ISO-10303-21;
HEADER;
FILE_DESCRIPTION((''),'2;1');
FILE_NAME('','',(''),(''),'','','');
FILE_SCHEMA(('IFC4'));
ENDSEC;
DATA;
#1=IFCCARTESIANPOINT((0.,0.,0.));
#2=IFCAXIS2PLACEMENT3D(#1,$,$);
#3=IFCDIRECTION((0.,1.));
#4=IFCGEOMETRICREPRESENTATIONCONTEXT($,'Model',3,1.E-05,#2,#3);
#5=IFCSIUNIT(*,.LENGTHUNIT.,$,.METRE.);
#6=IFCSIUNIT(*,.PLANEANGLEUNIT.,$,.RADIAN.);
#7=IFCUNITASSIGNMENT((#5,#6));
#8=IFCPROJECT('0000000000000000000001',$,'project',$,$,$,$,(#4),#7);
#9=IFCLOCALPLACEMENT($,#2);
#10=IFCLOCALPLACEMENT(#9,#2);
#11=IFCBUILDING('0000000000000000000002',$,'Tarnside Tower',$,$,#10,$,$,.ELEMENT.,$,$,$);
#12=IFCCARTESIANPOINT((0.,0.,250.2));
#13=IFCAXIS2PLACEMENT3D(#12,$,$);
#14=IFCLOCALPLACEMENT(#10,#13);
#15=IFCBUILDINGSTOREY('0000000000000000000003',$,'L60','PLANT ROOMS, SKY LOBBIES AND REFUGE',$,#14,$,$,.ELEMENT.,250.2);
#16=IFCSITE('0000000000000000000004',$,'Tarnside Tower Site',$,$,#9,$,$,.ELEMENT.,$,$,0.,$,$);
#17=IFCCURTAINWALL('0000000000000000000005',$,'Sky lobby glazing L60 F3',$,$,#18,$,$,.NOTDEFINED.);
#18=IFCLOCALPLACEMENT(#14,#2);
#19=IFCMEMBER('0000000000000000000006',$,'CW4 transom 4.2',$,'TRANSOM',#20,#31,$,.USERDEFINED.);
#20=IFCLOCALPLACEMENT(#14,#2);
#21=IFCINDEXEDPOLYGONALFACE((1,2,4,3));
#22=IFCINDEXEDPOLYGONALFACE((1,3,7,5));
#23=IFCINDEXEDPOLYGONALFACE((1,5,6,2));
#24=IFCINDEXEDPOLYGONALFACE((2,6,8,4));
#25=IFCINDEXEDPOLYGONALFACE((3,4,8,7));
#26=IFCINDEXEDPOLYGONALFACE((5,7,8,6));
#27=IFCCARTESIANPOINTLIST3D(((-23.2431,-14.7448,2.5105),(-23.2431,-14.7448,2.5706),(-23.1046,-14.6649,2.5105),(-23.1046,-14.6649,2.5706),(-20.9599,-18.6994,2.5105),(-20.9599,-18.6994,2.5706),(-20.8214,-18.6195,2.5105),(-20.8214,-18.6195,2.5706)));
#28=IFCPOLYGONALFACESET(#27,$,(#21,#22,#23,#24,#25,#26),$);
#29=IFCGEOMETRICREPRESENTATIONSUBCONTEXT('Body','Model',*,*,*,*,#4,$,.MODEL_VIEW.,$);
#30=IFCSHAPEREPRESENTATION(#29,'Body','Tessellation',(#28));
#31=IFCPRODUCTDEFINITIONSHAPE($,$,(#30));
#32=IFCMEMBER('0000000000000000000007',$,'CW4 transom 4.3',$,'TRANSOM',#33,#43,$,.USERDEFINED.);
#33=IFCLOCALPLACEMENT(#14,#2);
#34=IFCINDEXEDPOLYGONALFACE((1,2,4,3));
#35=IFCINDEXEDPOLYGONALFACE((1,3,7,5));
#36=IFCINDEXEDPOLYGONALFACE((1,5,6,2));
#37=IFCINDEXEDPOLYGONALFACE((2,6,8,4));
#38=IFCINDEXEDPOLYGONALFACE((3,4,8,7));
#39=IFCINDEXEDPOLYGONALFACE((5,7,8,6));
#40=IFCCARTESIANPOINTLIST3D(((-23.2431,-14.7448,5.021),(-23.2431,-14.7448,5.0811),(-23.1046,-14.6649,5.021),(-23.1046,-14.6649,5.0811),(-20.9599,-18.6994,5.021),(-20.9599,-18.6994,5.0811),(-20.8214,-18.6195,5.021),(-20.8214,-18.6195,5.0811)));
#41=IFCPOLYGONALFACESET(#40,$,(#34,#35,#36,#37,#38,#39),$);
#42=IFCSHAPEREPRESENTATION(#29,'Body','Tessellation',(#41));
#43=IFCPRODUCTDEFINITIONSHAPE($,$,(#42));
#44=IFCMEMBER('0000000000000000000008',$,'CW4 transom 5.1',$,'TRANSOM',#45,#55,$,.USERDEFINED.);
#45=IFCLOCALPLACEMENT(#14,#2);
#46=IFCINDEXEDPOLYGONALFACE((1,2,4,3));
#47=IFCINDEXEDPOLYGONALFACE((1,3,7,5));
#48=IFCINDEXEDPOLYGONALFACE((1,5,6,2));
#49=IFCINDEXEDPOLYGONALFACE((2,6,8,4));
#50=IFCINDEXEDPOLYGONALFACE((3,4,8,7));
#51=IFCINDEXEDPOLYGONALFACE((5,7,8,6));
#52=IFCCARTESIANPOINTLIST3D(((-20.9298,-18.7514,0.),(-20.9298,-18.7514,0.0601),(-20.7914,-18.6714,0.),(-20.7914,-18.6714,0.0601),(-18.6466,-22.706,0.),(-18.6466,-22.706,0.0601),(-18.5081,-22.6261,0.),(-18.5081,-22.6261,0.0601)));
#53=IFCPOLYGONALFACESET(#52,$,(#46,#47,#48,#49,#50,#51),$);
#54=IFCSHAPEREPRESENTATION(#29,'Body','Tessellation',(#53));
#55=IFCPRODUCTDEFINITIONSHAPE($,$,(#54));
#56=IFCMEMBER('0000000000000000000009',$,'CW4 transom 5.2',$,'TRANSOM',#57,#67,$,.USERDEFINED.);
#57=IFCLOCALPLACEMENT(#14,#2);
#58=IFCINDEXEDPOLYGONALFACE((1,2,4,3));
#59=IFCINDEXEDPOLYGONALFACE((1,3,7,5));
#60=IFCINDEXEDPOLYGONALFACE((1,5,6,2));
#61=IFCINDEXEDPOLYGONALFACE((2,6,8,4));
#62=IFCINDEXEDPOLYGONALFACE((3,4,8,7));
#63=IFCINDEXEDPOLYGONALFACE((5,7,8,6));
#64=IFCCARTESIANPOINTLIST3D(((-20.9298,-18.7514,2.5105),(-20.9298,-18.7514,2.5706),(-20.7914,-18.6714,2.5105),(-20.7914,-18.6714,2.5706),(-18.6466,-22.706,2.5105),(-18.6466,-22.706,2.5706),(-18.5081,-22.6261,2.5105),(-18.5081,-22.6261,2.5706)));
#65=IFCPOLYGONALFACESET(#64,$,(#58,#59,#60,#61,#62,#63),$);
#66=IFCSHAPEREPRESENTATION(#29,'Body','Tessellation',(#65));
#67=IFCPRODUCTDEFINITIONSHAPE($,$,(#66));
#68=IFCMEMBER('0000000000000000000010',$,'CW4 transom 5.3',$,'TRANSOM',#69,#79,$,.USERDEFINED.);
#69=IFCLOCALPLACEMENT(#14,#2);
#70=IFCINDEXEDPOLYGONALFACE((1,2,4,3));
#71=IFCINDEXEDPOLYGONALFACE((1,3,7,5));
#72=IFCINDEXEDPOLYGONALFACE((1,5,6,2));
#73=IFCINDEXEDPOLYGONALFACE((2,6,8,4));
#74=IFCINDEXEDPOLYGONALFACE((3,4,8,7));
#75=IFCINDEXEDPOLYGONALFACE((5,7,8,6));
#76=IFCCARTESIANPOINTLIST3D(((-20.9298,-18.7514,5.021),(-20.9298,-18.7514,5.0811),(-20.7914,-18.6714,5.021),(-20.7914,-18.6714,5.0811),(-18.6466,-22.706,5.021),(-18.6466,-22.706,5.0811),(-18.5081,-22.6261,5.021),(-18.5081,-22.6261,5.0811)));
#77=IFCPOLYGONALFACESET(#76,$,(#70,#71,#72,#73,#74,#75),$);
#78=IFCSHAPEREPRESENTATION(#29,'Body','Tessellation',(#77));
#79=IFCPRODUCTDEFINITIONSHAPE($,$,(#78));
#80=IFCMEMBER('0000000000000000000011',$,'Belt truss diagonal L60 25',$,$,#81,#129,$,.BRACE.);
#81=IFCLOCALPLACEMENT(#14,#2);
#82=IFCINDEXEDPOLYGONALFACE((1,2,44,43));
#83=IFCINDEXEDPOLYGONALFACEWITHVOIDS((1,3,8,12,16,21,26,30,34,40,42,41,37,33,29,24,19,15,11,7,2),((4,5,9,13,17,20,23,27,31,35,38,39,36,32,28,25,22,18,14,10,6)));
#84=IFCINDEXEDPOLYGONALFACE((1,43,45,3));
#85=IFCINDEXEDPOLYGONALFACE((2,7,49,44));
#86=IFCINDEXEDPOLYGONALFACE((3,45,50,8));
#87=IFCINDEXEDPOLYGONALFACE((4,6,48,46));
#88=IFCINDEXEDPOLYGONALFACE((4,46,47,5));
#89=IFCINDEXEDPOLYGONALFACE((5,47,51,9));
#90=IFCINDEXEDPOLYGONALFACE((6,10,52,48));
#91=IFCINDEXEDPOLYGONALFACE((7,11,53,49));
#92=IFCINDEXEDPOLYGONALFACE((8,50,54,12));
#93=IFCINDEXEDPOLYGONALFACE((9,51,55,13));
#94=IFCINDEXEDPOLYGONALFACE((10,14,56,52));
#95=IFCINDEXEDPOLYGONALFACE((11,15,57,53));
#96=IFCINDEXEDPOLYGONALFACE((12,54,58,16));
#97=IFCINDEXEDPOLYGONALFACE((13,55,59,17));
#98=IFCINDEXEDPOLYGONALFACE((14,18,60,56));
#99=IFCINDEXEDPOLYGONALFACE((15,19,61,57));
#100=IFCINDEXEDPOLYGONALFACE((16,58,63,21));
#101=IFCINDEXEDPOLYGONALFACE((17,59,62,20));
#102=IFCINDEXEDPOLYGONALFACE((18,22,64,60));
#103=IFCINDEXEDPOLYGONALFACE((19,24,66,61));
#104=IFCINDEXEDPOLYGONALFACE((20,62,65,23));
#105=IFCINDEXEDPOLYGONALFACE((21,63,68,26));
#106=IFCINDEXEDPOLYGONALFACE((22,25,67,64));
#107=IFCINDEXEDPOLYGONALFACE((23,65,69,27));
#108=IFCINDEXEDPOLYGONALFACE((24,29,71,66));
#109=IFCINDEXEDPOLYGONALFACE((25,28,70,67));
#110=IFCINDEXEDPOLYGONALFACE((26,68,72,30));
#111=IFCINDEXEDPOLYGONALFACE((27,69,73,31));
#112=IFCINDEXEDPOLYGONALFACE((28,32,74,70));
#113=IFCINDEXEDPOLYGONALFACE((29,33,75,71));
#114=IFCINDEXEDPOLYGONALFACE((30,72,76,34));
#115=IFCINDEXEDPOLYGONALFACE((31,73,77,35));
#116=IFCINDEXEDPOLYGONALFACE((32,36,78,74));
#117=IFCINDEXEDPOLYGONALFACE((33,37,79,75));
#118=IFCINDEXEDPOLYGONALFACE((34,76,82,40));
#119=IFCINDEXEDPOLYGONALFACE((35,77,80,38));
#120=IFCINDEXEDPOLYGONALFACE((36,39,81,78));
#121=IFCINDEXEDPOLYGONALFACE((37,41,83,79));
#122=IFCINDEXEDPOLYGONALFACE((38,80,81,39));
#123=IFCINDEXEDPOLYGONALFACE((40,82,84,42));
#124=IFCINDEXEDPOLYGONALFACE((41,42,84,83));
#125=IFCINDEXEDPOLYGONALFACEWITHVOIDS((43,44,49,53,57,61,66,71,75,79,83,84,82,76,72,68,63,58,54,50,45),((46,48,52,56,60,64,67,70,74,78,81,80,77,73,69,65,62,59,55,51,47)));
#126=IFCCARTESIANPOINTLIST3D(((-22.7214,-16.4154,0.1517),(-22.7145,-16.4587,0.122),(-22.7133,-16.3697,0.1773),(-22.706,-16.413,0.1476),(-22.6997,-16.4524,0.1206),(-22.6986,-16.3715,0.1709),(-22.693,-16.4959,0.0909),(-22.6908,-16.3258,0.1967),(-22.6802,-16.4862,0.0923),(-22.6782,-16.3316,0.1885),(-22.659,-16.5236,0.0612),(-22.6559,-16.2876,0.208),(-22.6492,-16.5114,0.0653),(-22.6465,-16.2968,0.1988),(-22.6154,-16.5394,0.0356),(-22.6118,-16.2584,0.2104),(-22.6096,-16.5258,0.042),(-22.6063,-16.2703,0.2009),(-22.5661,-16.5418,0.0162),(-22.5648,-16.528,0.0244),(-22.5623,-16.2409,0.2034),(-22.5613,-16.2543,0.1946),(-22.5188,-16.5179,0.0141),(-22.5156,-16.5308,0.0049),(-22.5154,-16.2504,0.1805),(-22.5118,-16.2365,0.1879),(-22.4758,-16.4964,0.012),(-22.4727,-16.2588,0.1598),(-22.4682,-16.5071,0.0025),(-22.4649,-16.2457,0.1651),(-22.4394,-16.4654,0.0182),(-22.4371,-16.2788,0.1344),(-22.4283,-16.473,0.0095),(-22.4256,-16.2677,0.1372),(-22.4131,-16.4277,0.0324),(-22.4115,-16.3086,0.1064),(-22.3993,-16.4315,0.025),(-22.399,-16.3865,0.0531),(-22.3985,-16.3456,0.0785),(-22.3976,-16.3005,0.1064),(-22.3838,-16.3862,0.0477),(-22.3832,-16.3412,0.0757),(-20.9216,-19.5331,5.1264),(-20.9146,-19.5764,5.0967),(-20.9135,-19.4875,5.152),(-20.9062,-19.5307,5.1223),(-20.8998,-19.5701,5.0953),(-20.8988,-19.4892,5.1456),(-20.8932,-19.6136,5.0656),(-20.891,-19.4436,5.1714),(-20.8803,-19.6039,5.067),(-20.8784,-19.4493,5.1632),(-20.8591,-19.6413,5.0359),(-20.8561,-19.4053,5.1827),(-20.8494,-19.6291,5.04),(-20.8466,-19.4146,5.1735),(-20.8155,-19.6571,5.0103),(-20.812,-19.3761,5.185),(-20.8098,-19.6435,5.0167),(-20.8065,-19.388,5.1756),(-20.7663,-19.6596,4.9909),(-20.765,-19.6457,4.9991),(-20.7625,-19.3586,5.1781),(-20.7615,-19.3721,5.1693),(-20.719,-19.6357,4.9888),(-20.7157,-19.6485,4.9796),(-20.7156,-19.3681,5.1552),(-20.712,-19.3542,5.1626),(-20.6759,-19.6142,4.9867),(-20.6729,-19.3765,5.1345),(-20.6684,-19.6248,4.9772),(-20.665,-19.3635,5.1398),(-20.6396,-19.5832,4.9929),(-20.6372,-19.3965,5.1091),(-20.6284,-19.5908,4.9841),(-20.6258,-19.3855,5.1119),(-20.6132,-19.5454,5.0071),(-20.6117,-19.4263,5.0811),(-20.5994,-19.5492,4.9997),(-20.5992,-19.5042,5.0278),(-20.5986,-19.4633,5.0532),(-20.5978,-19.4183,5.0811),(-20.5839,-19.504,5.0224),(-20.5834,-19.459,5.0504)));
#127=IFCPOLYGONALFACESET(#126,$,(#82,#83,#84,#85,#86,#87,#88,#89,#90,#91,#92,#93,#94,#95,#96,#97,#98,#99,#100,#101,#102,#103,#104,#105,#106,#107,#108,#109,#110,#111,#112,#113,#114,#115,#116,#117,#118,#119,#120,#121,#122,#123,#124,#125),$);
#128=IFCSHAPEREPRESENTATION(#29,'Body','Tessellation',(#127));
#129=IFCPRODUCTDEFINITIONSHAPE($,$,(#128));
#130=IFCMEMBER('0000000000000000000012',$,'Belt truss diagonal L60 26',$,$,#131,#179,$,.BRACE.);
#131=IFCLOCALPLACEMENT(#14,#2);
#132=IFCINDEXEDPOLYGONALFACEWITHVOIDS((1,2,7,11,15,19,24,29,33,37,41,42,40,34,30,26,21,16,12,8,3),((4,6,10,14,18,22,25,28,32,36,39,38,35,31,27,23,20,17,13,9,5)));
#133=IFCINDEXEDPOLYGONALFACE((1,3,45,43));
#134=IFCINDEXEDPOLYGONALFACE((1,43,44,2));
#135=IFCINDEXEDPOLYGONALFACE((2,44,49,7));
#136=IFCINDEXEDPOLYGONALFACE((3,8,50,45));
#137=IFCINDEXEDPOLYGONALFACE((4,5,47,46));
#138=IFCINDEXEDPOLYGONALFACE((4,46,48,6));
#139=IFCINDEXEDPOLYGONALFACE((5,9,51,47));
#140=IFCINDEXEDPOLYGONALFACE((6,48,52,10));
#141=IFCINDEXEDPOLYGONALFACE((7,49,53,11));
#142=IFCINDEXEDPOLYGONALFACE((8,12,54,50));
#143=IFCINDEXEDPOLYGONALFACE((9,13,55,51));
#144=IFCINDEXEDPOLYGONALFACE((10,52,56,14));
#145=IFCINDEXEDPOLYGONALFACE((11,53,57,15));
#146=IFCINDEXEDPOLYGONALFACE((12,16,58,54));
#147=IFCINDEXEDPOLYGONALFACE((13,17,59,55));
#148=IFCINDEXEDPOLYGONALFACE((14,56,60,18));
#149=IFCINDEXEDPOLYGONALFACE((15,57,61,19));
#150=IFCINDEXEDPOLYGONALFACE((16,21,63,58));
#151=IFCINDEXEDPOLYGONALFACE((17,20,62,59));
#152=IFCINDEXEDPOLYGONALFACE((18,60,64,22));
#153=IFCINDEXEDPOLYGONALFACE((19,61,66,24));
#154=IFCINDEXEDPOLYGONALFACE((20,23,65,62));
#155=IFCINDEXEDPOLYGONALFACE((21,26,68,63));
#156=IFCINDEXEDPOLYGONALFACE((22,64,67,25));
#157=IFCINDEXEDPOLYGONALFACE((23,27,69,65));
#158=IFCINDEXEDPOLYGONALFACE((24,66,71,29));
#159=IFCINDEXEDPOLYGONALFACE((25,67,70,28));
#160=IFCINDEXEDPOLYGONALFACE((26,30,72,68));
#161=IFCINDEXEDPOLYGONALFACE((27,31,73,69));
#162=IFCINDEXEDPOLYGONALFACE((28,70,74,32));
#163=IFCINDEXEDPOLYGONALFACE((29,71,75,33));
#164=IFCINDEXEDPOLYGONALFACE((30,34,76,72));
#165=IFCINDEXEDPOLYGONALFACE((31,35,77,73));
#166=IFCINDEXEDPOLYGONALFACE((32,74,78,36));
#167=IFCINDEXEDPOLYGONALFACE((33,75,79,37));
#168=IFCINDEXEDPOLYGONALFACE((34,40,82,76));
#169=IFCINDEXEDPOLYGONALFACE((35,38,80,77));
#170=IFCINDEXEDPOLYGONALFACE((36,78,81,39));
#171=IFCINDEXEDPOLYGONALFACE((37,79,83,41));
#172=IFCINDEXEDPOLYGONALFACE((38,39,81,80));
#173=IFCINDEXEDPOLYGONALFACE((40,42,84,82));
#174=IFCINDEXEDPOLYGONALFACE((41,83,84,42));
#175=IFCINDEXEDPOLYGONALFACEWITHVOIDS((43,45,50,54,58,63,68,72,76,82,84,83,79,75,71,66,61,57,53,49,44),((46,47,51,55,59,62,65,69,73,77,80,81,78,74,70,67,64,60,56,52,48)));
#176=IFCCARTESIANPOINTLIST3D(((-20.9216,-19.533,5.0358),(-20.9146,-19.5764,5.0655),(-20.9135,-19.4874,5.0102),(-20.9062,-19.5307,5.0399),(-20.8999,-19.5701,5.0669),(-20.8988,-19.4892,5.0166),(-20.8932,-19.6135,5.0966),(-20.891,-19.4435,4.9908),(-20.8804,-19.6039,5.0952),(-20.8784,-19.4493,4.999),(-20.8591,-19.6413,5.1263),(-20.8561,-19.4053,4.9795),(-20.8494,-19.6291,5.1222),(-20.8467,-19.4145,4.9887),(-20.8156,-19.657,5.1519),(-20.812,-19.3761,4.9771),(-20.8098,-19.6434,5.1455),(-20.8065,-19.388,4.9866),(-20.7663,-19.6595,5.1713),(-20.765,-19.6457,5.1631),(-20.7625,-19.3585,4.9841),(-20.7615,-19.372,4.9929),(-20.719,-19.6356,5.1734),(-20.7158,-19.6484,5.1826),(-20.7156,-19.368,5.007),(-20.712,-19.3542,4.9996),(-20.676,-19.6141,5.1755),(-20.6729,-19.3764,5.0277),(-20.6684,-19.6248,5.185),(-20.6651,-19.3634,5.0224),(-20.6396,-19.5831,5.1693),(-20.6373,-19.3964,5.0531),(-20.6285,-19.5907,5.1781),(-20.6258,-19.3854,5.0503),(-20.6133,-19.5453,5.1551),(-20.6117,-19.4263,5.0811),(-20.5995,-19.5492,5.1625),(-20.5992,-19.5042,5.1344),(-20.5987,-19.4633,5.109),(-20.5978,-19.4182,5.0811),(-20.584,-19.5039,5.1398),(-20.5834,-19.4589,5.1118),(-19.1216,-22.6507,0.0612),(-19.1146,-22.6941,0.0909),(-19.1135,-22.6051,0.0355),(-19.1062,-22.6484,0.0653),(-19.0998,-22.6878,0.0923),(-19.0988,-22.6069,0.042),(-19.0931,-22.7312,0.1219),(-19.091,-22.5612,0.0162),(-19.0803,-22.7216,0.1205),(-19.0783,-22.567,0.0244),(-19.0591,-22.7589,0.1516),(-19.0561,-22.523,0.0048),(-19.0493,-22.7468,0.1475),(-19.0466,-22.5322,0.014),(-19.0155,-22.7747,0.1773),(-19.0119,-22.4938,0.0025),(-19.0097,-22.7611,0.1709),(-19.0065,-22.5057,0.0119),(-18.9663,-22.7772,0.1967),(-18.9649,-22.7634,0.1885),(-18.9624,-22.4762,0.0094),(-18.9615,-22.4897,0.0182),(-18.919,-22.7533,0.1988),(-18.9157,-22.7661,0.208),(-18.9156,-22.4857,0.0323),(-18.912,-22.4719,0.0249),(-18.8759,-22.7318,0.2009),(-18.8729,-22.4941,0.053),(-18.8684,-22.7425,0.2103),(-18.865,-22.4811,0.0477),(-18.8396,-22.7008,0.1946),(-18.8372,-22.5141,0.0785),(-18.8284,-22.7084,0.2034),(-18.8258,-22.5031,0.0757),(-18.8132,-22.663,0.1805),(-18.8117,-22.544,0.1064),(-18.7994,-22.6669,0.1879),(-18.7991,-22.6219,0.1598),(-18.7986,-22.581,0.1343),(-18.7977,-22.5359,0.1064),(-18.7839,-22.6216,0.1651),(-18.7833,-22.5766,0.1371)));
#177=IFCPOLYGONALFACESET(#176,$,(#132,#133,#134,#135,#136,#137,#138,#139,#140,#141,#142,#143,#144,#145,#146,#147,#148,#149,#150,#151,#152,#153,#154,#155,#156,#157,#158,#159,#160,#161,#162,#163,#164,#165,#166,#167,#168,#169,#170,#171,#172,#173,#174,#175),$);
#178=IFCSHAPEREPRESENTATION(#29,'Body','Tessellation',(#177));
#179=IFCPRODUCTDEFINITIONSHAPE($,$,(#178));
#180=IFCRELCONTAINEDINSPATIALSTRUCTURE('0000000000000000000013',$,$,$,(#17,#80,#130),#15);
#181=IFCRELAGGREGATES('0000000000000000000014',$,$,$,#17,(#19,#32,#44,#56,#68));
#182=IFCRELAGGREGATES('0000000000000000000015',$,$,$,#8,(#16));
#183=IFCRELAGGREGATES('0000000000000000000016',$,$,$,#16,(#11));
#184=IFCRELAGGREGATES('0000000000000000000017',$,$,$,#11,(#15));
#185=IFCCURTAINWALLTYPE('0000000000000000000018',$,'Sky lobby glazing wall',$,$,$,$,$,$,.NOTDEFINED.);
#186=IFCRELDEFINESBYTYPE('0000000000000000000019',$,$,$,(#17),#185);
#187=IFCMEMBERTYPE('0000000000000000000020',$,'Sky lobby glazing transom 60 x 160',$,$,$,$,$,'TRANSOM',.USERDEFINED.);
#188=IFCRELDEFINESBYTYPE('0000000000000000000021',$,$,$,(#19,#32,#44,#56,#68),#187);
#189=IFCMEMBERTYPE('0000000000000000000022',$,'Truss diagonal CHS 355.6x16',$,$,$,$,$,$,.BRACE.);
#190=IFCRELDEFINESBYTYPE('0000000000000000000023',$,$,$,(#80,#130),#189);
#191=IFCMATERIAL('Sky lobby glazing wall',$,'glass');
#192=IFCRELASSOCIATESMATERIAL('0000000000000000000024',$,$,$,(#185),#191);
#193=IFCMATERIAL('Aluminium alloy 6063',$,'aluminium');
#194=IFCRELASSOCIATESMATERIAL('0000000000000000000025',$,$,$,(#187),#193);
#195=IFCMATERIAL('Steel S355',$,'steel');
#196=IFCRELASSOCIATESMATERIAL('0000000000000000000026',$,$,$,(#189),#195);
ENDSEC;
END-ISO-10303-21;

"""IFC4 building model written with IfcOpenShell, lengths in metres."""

from ifc_helpers import new_model, si_unit, direction, frame, origin, origin_2d, place, context, subcontext, project, spatial, rectangle, hollow_circle, extrude, material, material_profile, profile_set, type_object, element, aggregate, save


model = new_model("IFC4")

# Units and contexts
model_context = context("Model", 3, precision=1e-05, world=origin(), true_north=direction((0.0, 1.0)))
body_context = subcontext(model_context, "Body", "Model", "MODEL_VIEW")
ifc_project = project(units=[si_unit("LENGTHUNIT", "METRE"), si_unit("PLANEANGLEUNIT", "RADIAN")], contexts=[model_context])

# Site, building, storey
site_placement = place(None, origin())
site = spatial("IfcSite", under=ifc_project, at=site_placement, Name="Tarnside Tower Site", CompositionType="ELEMENT", RefElevation=0.0)
building_placement = place(site_placement, origin())
building = spatial("IfcBuilding", under=site, at=building_placement, Name="Tarnside Tower", CompositionType="ELEMENT")
storey_placement = place(building_placement, frame((0.0, 0.0, 250.2)))
storey = spatial("IfcBuildingStorey", under=building, at=storey_placement, Name="L60", Description="PLANT ROOMS, SKY LOBBIES AND REFUGE", CompositionType="ELEMENT", Elevation=250.2)

# Shared definitions
ifc_material_1 = material(Name="Steel S355", Category="steel")

# Curtain wall, members
ifc_material_2 = material(Name="Sky lobby glazing wall", Category="glass")
curtain_wall_type = type_object("IfcCurtainWallType", Name="Sky lobby glazing wall", PredefinedType="NOTDEFINED", material=ifc_material_2)
curtain_wall_placement = place(storey_placement, origin())
curtain_wall = element("IfcCurtainWall", 1, at=curtain_wall_placement, inside=storey, type_object=curtain_wall_type, Name="Sky lobby glazing L60 F3", PredefinedType="NOTDEFINED")
ifc_material_3 = material(Name="Aluminium alloy 6063", Category="aluminium")
ifc_material_profile_1 = material_profile(ifc_material_3, rectangle(XDim=0.1599, YDim=0.0601, at=origin_2d()), Name="Sky lobby glazing transom 60 x 160")
ifc_profile_set_1 = profile_set([ifc_material_profile_1], Name="Aluminium alloy 6063")
member_type_1 = type_object("IfcMemberType", Name="Sky lobby glazing transom 60 x 160", ElementType="TRANSOM", PredefinedType="USERDEFINED", material=ifc_profile_set_1)
member_1_placement = place(storey_placement, frame((-23.1738, -14.7048, 2.5405), z_axis=(0.500003, -0.866024, 0.0), x_axis=(0.866024, 0.500003, 0.0)))
member_1 = element("IfcMember", 2, at=member_1_placement, type_object=member_type_1, Name="CW4 transom 4.2", ObjectType="TRANSOM", PredefinedType="USERDEFINED", context=body_context, shape_type="SweptSolid", body=[
    extrude(rectangle(XDim=0.1599, YDim=0.0601, at=origin_2d()), origin(), (0.0, 0.0, 1.0), 4.5664),
])
member_2_placement = place(storey_placement, frame((-23.1738, -14.7048, 5.051), z_axis=(0.500003, -0.866024, 0.0), x_axis=(0.866024, 0.500003, 0.0)))
member_2 = element("IfcMember", 3, at=member_2_placement, type_object=member_type_1, Name="CW4 transom 4.3", ObjectType="TRANSOM", PredefinedType="USERDEFINED", context=body_context, shape_type="SweptSolid", body=[
    extrude(rectangle(XDim=0.1599, YDim=0.0601, at=origin_2d()), origin(), (0.0, 0.0, 1.0), 4.5664),
])
member_3_placement = place(storey_placement, frame((-20.8606, -18.7114, 0.03), z_axis=(0.500003, -0.866024, 0.0), x_axis=(0.866024, 0.500003, 0.0)))
member_3 = element("IfcMember", 4, at=member_3_placement, type_object=member_type_1, Name="CW4 transom 5.1", ObjectType="TRANSOM", PredefinedType="USERDEFINED", context=body_context, shape_type="SweptSolid", body=[
    extrude(rectangle(XDim=0.1599, YDim=0.0601, at=origin_2d()), origin(), (0.0, 0.0, 1.0), 4.5664),
])
member_4_placement = place(storey_placement, frame((-20.8606, -18.7114, 2.5405), z_axis=(0.500003, -0.866024, 0.0), x_axis=(0.866024, 0.500003, 0.0)))
member_4 = element("IfcMember", 5, at=member_4_placement, type_object=member_type_1, Name="CW4 transom 5.2", ObjectType="TRANSOM", PredefinedType="USERDEFINED", context=body_context, shape_type="SweptSolid", body=[
    extrude(rectangle(XDim=0.1599, YDim=0.0601, at=origin_2d()), origin(), (0.0, 0.0, 1.0), 4.5664),
])
member_5_placement = place(storey_placement, frame((-20.8606, -18.7114, 5.051), z_axis=(0.500003, -0.866024, 0.0), x_axis=(0.866024, 0.500003, 0.0)))
member_5 = element("IfcMember", 6, at=member_5_placement, type_object=member_type_1, Name="CW4 transom 5.3", ObjectType="TRANSOM", PredefinedType="USERDEFINED", context=body_context, shape_type="SweptSolid", body=[
    extrude(rectangle(XDim=0.1599, YDim=0.0601, at=origin_2d()), origin(), (0.0, 0.0, 1.0), 4.5664),
])

# Members
ifc_material_profile_2 = material_profile(ifc_material_1, hollow_circle(Radius=0.1777, WallThickness=0.0161, at=origin_2d()), Name="CHS 355.6x16")
ifc_profile_set_2 = profile_set([ifc_material_profile_2], Name="Steel S355")
member_type_2 = type_object("IfcMemberType", Name="Truss diagonal CHS 355.6x16", PredefinedType="BRACE", material=ifc_profile_set_2)
for number, where, z_axis, x_axis, name in (
    (7, (-22.5515, -16.3894, 0.1064), (0.293103, -0.507722, 0.810129), (0.866048, 0.499961, 0.0), "Belt truss diagonal L60 25"),
    (8, (-20.7517, -19.5071, 5.0811), (0.29314, -0.507716, -0.810119), (0.866018, 0.500012, 0.0), "Belt truss diagonal L60 26"),
):
    element("IfcMember", number, at=place(storey_placement, frame(where, z_axis=z_axis, x_axis=x_axis)), inside=storey, type_object=member_type_2, Name=name, PredefinedType="BRACE", context=body_context, shape_type="SweptSolid", body=[
        extrude(hollow_circle(Radius=0.1777, WallThickness=0.0161, at=origin_2d()), origin(), (0.0, 0.0, 1.0), 6.1406),
    ])

aggregate(curtain_wall, [member_1, member_2, member_3, member_4, member_5])

save(model, "model.ifc")
